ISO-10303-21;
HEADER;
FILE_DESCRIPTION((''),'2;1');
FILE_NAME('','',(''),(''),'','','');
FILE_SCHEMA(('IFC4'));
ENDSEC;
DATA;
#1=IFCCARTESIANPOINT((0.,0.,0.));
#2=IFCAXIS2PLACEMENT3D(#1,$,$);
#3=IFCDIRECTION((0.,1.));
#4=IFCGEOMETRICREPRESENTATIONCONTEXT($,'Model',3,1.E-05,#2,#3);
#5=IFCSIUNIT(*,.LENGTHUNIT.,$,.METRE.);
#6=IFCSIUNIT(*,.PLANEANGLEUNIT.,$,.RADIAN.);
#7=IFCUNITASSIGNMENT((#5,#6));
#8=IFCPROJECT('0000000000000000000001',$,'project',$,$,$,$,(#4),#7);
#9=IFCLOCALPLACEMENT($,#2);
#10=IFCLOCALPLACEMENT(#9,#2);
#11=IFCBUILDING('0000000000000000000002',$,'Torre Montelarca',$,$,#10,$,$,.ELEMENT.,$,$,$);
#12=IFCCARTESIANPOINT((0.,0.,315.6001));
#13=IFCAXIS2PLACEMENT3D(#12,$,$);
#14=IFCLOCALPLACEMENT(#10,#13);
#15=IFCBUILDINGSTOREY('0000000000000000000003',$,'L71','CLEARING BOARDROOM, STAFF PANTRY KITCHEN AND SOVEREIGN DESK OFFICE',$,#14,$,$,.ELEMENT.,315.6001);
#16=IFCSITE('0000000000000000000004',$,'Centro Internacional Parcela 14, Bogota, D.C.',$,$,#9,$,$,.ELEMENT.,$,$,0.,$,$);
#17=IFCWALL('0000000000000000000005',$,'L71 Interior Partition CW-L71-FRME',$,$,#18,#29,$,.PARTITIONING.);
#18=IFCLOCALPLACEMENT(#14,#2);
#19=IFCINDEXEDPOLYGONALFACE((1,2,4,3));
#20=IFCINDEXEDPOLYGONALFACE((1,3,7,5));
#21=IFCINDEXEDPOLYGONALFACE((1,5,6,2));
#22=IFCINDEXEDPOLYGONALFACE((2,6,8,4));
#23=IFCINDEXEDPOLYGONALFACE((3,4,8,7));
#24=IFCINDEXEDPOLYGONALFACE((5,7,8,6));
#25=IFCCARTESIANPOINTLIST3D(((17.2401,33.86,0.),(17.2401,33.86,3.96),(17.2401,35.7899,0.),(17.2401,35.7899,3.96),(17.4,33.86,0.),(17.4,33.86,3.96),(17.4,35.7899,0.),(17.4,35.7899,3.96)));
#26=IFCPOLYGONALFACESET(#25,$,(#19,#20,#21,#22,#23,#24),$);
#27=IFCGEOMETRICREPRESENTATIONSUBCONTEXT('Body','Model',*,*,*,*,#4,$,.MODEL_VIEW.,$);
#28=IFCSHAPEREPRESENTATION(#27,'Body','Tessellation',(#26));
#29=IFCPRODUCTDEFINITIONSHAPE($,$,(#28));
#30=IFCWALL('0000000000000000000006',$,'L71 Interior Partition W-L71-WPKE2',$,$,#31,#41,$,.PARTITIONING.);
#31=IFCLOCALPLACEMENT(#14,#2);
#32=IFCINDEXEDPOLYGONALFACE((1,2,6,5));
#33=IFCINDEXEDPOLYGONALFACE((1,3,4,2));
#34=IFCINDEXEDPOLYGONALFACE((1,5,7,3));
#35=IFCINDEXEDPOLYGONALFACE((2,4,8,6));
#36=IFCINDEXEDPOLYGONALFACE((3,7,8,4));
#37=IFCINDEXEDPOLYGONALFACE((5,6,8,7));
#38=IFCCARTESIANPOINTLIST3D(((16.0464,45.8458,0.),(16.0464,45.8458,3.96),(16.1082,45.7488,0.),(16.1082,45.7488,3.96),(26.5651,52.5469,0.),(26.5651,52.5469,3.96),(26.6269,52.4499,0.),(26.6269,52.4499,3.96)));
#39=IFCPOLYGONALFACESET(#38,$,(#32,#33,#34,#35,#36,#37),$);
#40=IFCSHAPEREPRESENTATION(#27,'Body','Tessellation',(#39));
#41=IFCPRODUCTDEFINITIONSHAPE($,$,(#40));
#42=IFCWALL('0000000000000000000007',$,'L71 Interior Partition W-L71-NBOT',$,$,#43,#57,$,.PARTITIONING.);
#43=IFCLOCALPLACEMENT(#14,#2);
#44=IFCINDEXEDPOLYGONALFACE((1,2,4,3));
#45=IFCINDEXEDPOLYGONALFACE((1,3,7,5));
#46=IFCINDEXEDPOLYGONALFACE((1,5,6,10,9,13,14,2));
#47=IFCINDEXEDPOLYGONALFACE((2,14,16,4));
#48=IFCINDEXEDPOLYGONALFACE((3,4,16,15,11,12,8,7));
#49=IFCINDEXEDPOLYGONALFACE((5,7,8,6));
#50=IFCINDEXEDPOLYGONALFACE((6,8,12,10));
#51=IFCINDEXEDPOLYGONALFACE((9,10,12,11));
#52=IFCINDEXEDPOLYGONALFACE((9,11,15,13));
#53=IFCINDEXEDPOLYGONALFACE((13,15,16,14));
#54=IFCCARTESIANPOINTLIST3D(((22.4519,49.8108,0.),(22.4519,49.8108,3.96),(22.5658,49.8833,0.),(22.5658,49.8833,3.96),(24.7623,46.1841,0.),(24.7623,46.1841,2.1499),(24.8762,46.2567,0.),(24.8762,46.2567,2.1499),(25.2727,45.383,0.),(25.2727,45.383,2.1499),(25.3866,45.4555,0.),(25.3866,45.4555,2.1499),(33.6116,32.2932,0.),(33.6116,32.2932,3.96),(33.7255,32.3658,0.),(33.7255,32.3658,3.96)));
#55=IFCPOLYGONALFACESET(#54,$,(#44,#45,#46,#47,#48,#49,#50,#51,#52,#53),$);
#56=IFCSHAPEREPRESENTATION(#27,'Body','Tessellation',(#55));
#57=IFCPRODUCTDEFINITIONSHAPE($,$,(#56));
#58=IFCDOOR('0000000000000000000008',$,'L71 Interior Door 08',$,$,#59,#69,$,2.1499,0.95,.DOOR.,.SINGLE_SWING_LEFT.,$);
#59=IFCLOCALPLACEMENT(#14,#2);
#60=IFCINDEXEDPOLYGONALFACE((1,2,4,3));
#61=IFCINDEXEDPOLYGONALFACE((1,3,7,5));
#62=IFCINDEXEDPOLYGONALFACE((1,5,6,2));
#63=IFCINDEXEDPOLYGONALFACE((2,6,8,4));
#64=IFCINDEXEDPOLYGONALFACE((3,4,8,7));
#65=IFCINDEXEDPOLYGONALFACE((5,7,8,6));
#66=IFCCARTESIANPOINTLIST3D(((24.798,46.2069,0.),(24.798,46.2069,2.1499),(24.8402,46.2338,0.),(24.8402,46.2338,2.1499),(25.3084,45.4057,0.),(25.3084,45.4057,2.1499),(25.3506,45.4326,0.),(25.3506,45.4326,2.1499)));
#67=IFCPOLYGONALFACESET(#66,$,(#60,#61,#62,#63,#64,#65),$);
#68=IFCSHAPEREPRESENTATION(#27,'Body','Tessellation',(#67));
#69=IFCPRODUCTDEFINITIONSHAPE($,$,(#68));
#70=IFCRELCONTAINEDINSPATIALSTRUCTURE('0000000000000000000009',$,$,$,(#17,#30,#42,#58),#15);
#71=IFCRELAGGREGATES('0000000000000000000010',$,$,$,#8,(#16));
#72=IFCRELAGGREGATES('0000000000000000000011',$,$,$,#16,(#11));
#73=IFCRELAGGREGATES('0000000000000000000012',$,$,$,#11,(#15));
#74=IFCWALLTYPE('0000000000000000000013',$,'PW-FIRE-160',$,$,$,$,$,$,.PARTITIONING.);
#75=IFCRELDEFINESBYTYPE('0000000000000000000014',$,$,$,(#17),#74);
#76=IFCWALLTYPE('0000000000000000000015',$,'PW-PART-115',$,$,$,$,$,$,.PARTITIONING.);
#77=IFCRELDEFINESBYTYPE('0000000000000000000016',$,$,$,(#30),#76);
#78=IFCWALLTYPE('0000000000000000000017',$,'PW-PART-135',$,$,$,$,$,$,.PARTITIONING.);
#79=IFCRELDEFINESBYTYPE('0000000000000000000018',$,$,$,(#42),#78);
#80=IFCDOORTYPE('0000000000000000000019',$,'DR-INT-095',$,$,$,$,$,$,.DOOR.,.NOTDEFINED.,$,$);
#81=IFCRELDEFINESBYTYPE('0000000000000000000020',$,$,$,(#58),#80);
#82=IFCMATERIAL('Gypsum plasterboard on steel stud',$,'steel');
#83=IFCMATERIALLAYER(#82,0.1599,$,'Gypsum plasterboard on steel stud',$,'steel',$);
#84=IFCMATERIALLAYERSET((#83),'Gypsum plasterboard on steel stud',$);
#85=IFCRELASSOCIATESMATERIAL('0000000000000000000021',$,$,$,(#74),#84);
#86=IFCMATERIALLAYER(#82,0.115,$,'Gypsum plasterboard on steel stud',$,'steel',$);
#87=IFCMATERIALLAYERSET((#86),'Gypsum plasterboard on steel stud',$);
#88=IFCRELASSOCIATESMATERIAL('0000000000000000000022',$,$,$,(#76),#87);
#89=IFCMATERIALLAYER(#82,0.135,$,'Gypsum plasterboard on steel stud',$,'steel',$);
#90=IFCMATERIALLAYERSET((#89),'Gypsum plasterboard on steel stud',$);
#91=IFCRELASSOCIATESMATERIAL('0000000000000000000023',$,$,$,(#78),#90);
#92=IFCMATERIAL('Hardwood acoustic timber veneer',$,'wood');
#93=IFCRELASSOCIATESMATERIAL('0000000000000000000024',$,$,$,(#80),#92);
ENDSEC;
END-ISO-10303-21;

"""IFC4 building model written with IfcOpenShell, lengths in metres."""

from ifc_helpers import new_model, si_unit, direction, frame, frame_2d, origin, place, context, subcontext, project, spatial, rectangle, extrude, source, transform, mapped, material, layer, layer_set, type_object, element, fill, save


model = new_model("IFC4")

# Units and contexts
model_context = context("Model", 3, precision=1e-05, world=origin(), true_north=direction((0.0, 1.0)))
body_context = subcontext(model_context, "Body", "Model", "MODEL_VIEW")
ifc_project = project(units=[si_unit("LENGTHUNIT", "METRE"), si_unit("PLANEANGLEUNIT", "RADIAN")], contexts=[model_context])

# Site, building, storey
site_placement = place(None, origin())
site = spatial("IfcSite", under=ifc_project, at=site_placement, Name="Centro Internacional Parcela 14, Bogota, D.C.", CompositionType="ELEMENT", RefElevation=0.0)
building_placement = place(site_placement, origin())
building = spatial("IfcBuilding", under=site, at=building_placement, Name="Torre Montelarca", CompositionType="ELEMENT")
storey_placement = place(building_placement, frame((0.0, 0.0, 315.6001)))
storey = spatial("IfcBuildingStorey", under=building, at=storey_placement, Name="L71", Description="CLEARING BOARDROOM, STAFF PANTRY KITCHEN AND SOVEREIGN DESK OFFICE", CompositionType="ELEMENT", Elevation=315.6001)

# Walls
ifc_material_1 = material(Name="Gypsum plasterboard on steel stud", Category="steel")
ifc_layer_1 = layer(ifc_material_1, 0.1599, Name="Gypsum plasterboard on steel stud", Category="steel")
ifc_layer_set_1 = layer_set([ifc_layer_1], Name="Gypsum plasterboard on steel stud")
wall_type_1 = type_object("IfcWallType", Name="PW-FIRE-160", PredefinedType="PARTITIONING", material=ifc_layer_set_1)
wall_1_placement = place(storey_placement, frame((17.3201, 33.8601, 0.0), z_axis=(0.0, 0.0, 1.0), x_axis=(0.0, 1.0, 0.0)))
element("IfcWall", 1, at=wall_1_placement, inside=storey, type_object=wall_type_1, Name="L71 Interior Partition CW-L71-FRME", PredefinedType="PARTITIONING", context=body_context, shape_type="SweptSolid", body=[
    extrude(rectangle(XDim=1.9299, YDim=0.1599, at=frame_2d((0.9648, 0.0))), origin(), (0.0, 0.0, 1.0), 3.96),
])
ifc_layer_2 = layer(ifc_material_1, 0.115, Name="Gypsum plasterboard on steel stud", Category="steel")
ifc_layer_set_2 = layer_set([ifc_layer_2], Name="Gypsum plasterboard on steel stud")
wall_type_2 = type_object("IfcWallType", Name="PW-PART-115", PredefinedType="PARTITIONING", material=ifc_layer_set_2)
wall_2_placement = place(storey_placement, frame((16.0774, 45.7974, 0.0), z_axis=(0.0, 0.0, 1.0), x_axis=(0.843393, 0.537297, 0.0)))
element("IfcWall", 2, at=wall_2_placement, inside=storey, type_object=wall_type_2, Name="L71 Interior Partition W-L71-WPKE2", PredefinedType="PARTITIONING", context=body_context, shape_type="SweptSolid", body=[
    extrude(rectangle(XDim=12.4719, YDim=0.115, at=frame_2d((6.2358, 0.0))), origin(), (0.0, 0.0, 1.0), 3.96),
])

# Wall, opening, door
ifc_layer_3 = layer(ifc_material_1, 0.135, Name="Gypsum plasterboard on steel stud", Category="steel")
ifc_layer_set_3 = layer_set([ifc_layer_3], Name="Gypsum plasterboard on steel stud")
wall_type_3 = type_object("IfcWallType", Name="PW-PART-135", PredefinedType="PARTITIONING", material=ifc_layer_set_3)
wall_3_placement = place(storey_placement, frame((22.5088, 49.8472, 0.0), z_axis=(0.0, 0.0, 1.0), x_axis=(0.537291, -0.843397, 0.0)))
wall_3 = element("IfcWall", 3, at=wall_3_placement, inside=storey, type_object=wall_type_3, Name="L71 Interior Partition W-L71-NBOT", PredefinedType="PARTITIONING", context=body_context, shape_type="SweptSolid", body=[
    extrude(rectangle(XDim=20.7703, YDim=0.135, at=frame_2d((10.3853, 0.0))), origin(), (0.0, 0.0, 1.0), 3.96),
])
opening_1_placement = place(wall_3_placement, frame((4.3, 0.0, 0.0)))
opening_1 = element("IfcOpeningElement", 4, at=opening_1_placement, cuts=wall_3, PredefinedType="OPENING", context=body_context, shape_type="SweptSolid", body=[
    extrude(rectangle(XDim=0.95, YDim=2.1499, at=frame_2d((0.4751, 1.075))), frame((0.0, 0.0776, 0.0), z_axis=(0.0, -1.0, 0.0), x_axis=(1.0, 0.0, 0.0)), (0.0, 0.0, 1.0), 0.155),
])
ifc_material_2 = material(Name="Hardwood acoustic timber veneer", Category="wood")
door_type_1 = type_object("IfcDoorType", Name="DR-INT-095", OperationType="NOTDEFINED", PredefinedType="DOOR", material=ifc_material_2)
shared_shape_1 = source(origin(), body_context, "Body", "SweptSolid", [
    extrude(rectangle(XDim=0.95, YDim=2.1499, at=frame_2d((0.4751, 1.075))), frame((0.0, 0.0249, 0.0), z_axis=(0.0, -1.0, 0.0), x_axis=(1.0, 0.0, 0.0)), (0.0, 0.0, 1.0), 0.05),
])
door_1_placement = place(opening_1_placement, origin())
door_1 = element("IfcDoor", 5, at=door_1_placement, inside=storey, type_object=door_type_1, Name="L71 Interior Door 08", OperationType="SINGLE_SWING_LEFT", OverallHeight=2.1499, OverallWidth=0.95, PredefinedType="DOOR", context=body_context, shape_type="MappedRepresentation", body=[
    mapped(shared_shape_1, transform((0.0, 0.0, 0.0), scale=1.0)),
])
fill(opening_1, door_1)

save(model, "model.ifc")
